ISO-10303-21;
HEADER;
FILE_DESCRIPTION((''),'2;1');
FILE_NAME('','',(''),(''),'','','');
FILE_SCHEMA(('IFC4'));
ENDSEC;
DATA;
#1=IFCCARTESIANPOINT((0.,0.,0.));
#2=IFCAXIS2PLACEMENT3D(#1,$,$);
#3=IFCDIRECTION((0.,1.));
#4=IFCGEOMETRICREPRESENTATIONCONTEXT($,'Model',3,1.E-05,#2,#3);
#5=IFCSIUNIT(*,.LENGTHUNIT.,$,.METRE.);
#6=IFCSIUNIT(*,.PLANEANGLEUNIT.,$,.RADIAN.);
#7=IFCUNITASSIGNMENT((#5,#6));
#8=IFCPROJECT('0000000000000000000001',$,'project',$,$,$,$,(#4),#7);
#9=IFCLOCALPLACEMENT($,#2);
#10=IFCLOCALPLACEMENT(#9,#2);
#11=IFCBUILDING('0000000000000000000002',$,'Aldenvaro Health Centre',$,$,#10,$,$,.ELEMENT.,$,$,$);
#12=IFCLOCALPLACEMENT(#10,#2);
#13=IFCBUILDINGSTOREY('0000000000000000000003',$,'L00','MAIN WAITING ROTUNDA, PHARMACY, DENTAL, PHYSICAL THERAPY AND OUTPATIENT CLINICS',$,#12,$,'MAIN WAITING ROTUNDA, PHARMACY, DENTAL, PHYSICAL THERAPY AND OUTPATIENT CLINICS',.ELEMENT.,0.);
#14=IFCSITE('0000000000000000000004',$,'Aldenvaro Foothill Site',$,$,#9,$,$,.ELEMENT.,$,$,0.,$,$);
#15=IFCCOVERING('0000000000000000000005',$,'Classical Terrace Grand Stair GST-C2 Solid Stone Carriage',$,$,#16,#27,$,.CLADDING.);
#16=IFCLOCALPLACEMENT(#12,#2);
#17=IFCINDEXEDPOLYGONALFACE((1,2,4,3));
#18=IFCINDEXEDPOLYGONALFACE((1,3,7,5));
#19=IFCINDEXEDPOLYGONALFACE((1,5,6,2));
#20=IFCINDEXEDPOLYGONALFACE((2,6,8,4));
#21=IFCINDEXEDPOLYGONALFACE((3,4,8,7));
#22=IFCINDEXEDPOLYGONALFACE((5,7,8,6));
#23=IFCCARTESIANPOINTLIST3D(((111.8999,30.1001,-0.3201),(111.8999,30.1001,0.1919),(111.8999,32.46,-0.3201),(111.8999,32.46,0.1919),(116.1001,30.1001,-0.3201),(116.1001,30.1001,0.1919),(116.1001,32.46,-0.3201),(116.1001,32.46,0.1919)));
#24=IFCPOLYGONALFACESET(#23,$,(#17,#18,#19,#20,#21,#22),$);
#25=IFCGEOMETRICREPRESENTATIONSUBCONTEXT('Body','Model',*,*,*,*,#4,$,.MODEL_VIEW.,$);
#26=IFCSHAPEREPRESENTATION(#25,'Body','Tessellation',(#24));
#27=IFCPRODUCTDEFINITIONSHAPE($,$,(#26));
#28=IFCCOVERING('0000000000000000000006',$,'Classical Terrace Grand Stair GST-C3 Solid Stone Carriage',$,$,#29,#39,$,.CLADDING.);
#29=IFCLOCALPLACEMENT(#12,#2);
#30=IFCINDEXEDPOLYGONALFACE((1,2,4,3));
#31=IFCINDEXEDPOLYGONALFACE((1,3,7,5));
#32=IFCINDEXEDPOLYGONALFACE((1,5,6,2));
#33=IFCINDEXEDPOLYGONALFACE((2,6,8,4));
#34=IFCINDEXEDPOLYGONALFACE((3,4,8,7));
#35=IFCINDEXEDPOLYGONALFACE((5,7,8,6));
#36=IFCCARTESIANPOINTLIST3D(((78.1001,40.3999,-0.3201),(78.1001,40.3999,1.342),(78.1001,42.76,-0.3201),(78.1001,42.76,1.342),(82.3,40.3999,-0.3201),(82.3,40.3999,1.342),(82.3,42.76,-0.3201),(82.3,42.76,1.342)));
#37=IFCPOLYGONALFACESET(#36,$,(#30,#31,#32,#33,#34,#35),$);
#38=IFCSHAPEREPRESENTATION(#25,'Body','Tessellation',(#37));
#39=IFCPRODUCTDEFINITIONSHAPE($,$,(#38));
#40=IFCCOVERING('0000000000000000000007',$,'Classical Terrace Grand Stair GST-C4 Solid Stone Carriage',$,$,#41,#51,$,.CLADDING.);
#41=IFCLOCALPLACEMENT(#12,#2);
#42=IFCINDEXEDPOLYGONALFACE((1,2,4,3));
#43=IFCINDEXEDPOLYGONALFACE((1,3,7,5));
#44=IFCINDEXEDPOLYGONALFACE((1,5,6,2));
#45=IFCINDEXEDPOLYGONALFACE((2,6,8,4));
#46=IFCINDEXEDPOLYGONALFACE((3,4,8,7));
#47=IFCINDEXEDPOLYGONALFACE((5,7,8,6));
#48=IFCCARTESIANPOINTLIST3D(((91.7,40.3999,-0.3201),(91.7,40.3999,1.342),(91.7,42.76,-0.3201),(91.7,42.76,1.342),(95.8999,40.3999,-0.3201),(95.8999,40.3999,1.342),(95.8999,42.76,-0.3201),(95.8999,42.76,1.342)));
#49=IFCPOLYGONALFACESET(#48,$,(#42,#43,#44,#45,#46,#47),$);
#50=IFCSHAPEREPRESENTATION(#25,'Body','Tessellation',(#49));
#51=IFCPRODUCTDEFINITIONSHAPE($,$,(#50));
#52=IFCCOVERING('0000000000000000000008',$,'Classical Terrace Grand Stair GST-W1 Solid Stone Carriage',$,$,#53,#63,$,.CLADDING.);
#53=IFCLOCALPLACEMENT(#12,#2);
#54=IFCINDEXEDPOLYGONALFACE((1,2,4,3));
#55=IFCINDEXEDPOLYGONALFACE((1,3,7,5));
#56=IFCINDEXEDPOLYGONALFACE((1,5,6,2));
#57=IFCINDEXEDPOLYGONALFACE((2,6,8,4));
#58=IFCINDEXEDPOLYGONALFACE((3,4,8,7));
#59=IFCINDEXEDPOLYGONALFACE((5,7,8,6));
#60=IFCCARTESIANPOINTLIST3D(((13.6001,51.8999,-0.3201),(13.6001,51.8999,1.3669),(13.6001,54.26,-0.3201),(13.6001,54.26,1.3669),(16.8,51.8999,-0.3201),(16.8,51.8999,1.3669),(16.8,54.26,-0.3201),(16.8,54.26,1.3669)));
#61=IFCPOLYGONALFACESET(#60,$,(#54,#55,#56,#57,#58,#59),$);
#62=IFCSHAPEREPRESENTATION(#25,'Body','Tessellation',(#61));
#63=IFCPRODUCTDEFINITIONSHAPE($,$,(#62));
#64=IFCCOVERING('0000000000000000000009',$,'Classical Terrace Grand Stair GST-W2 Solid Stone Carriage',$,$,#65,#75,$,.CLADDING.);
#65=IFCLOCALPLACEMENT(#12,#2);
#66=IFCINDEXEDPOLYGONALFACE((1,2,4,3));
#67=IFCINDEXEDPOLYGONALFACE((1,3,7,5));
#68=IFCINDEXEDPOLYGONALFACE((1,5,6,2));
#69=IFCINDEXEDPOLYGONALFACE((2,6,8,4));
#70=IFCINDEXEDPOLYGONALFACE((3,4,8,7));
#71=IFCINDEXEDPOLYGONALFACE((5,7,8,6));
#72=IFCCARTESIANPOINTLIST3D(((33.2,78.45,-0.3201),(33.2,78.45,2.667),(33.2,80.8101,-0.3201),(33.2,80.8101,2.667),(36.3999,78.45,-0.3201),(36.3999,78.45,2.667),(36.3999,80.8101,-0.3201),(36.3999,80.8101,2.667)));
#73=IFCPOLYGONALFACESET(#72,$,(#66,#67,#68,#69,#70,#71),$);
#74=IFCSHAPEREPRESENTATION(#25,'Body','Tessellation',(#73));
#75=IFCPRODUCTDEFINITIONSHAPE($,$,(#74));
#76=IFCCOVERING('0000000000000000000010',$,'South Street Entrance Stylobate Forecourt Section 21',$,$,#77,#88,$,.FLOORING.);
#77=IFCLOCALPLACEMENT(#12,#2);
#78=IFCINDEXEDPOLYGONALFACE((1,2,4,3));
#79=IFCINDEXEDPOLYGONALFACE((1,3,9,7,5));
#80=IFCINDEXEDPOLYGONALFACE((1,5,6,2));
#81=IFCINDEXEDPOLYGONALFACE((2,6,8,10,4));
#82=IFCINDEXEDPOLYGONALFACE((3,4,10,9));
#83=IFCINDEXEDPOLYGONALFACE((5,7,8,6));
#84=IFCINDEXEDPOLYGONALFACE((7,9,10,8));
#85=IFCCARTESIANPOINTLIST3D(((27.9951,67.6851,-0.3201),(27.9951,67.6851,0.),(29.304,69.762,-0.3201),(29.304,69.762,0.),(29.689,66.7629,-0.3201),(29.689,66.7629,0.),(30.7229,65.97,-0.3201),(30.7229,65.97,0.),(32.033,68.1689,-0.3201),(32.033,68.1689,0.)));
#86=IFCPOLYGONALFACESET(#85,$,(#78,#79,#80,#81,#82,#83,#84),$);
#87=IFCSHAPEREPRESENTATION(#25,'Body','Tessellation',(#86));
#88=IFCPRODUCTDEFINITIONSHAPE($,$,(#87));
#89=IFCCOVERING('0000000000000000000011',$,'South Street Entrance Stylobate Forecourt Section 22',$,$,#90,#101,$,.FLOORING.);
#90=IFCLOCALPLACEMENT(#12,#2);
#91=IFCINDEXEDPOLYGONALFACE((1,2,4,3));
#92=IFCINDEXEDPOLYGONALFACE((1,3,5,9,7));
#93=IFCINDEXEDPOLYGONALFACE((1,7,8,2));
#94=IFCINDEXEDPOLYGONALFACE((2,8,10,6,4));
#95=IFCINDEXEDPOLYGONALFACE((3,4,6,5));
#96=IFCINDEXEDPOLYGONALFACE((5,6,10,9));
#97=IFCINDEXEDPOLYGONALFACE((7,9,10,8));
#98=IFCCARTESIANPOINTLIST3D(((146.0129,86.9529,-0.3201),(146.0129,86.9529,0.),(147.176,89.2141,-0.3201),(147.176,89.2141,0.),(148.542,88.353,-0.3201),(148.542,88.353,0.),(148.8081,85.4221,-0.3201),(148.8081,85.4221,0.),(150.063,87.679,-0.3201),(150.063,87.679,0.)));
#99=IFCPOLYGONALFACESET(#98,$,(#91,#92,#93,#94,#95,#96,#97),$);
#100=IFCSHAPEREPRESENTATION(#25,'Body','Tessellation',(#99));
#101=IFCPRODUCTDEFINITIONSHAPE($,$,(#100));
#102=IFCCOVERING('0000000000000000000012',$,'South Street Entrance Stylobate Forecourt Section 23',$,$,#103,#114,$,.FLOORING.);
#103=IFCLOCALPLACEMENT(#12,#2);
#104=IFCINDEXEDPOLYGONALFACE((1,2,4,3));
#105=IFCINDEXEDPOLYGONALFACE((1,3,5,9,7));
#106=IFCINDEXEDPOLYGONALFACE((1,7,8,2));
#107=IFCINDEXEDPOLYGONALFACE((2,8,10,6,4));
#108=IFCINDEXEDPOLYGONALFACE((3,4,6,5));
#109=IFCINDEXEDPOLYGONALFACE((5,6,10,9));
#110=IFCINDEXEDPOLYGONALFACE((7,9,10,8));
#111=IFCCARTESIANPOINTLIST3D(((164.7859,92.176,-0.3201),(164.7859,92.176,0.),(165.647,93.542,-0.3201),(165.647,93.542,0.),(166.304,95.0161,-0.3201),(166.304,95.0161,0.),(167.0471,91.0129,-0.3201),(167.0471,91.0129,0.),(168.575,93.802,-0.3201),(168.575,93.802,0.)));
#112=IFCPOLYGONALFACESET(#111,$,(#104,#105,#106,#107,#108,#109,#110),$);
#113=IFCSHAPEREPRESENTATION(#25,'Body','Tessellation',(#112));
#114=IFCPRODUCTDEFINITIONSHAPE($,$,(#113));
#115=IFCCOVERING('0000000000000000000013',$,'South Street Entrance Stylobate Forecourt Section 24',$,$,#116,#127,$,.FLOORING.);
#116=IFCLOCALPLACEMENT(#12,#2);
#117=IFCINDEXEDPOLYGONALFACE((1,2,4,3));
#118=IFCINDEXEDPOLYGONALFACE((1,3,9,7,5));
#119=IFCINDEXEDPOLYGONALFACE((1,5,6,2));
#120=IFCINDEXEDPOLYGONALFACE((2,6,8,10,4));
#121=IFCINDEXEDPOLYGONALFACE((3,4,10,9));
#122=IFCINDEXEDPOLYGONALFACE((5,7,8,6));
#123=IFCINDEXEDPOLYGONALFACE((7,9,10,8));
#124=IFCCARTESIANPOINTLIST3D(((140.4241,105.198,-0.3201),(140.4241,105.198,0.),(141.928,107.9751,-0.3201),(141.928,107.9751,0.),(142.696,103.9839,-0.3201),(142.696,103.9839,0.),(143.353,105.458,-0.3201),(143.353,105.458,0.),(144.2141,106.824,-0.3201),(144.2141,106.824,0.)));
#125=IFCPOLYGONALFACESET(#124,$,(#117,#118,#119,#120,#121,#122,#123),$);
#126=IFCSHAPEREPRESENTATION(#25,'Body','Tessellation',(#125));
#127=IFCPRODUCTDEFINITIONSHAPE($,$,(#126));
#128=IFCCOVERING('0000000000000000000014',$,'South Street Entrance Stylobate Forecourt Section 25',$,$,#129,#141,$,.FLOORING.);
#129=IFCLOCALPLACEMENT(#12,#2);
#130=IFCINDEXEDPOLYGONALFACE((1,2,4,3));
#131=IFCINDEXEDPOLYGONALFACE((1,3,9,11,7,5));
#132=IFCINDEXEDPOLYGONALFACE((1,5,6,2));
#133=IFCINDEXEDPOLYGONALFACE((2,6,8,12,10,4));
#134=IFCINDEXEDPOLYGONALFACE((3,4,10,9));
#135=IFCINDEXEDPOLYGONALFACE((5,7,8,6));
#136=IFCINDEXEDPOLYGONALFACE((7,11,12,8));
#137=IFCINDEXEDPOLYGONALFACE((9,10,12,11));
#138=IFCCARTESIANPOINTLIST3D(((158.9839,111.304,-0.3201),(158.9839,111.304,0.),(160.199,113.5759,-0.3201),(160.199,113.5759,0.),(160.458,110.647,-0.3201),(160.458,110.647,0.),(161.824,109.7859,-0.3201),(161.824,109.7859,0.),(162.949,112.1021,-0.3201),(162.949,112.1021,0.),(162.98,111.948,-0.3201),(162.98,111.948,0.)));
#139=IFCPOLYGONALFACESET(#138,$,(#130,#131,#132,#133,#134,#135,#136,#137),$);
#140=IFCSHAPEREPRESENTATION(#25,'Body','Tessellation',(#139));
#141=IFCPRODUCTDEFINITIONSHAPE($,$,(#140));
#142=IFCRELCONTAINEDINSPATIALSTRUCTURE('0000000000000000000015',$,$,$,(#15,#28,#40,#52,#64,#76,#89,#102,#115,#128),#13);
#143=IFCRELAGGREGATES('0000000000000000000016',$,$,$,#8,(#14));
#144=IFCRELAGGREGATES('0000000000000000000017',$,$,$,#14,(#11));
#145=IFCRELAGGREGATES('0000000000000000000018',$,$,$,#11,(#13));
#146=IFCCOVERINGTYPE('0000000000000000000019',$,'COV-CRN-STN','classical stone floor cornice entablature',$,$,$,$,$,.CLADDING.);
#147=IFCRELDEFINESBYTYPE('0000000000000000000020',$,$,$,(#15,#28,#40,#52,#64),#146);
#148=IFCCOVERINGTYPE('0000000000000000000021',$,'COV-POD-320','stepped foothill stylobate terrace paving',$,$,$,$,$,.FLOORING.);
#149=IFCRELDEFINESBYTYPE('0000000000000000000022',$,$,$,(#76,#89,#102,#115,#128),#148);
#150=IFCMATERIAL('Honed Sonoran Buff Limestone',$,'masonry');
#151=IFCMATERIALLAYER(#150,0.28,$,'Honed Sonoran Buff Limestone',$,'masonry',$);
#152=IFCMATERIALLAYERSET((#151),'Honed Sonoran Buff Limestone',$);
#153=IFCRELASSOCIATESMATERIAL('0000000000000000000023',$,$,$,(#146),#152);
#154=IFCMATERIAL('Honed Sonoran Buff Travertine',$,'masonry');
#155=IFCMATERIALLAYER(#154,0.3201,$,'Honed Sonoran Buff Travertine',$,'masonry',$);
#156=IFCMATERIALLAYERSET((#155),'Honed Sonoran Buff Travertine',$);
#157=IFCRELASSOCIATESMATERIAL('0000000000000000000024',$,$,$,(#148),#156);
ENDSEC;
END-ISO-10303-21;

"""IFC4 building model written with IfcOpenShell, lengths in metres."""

from ifc_helpers import new_model, si_unit, direction, frame, origin, place, context, subcontext, project, spatial, polyline, outline, extrude, material, layer, layer_set, type_object, element, save


model = new_model("IFC4")

# Units and contexts
model_context = context("Model", 3, precision=1e-05, world=origin(), true_north=direction((0.0, 1.0)))
body_context = subcontext(model_context, "Body", "Model", "MODEL_VIEW")
ifc_project = project(units=[si_unit("LENGTHUNIT", "METRE"), si_unit("PLANEANGLEUNIT", "RADIAN")], contexts=[model_context])

# Site, building, storey
site_placement = place(None, origin())
site = spatial("IfcSite", under=ifc_project, at=site_placement, Name="Aldenvaro Foothill Site", CompositionType="ELEMENT", RefElevation=0.0)
building_placement = place(site_placement, origin())
building = spatial("IfcBuilding", under=site, at=building_placement, Name="Aldenvaro Health Centre", CompositionType="ELEMENT")
storey_placement = place(building_placement, origin())
storey = spatial("IfcBuildingStorey", under=building, at=storey_placement, Name="L00", Description="MAIN WAITING ROTUNDA, PHARMACY, DENTAL, PHYSICAL THERAPY AND OUTPATIENT CLINICS", LongName="MAIN WAITING ROTUNDA, PHARMACY, DENTAL, PHYSICAL THERAPY AND OUTPATIENT CLINICS", CompositionType="ELEMENT", Elevation=0.0)

# Coverings
ifc_material_1 = material(Name="Honed Sonoran Buff Limestone", Category="masonry")
ifc_layer_1 = layer(ifc_material_1, 0.28, Name="Honed Sonoran Buff Limestone", Category="masonry")
ifc_layer_set_1 = layer_set([ifc_layer_1], Name="Honed Sonoran Buff Limestone")
covering_type_1 = type_object("IfcCoveringType", Name="COV-CRN-STN", Description="classical stone floor cornice entablature", PredefinedType="CLADDING", material=ifc_layer_set_1)
covering_1_placement = place(storey_placement, frame((0.0, 0.0, -0.3201)))
element("IfcCovering", 1, at=covering_1_placement, inside=storey, type_object=covering_type_1, Name="Classical Terrace Grand Stair GST-C2 Solid Stone Carriage", PredefinedType="CLADDING", context=body_context, shape_type="SweptSolid", body=[
    extrude(outline(polyline([(111.8999, 30.1001), (116.1001, 30.1001), (116.1001, 32.46), (111.8999, 32.46), (111.8999, 30.1001)])), origin(), (0.0, 0.0, 1.0), 0.512),
])
covering_2_placement = place(storey_placement, frame((0.0, 0.0, -0.3201)))
element("IfcCovering", 2, at=covering_2_placement, inside=storey, type_object=covering_type_1, Name="Classical Terrace Grand Stair GST-C3 Solid Stone Carriage", PredefinedType="CLADDING", context=body_context, shape_type="SweptSolid", body=[
    extrude(outline(polyline([(78.1001, 40.3999), (82.3, 40.3999), (82.3, 42.76), (78.1001, 42.76), (78.1001, 40.3999)])), origin(), (0.0, 0.0, 1.0), 1.6621),
])
covering_3_placement = place(storey_placement, frame((0.0, 0.0, -0.3201)))
element("IfcCovering", 3, at=covering_3_placement, inside=storey, type_object=covering_type_1, Name="Classical Terrace Grand Stair GST-C4 Solid Stone Carriage", PredefinedType="CLADDING", context=body_context, shape_type="SweptSolid", body=[
    extrude(outline(polyline([(91.7, 40.3999), (95.8999, 40.3999), (95.8999, 42.76), (91.7, 42.76), (91.7, 40.3999)])), origin(), (0.0, 0.0, 1.0), 1.6621),
])
covering_4_placement = place(storey_placement, frame((0.0, 0.0, -0.3201)))
element("IfcCovering", 4, at=covering_4_placement, inside=storey, type_object=covering_type_1, Name="Classical Terrace Grand Stair GST-W1 Solid Stone Carriage", PredefinedType="CLADDING", context=body_context, shape_type="SweptSolid", body=[
    extrude(outline(polyline([(13.6001, 51.8999), (16.8, 51.8999), (16.8, 54.26), (13.6001, 54.26), (13.6001, 51.8999)])), origin(), (0.0, 0.0, 1.0), 1.687),
])
covering_5_placement = place(storey_placement, frame((0.0, 0.0, -0.3201)))
element("IfcCovering", 5, at=covering_5_placement, inside=storey, type_object=covering_type_1, Name="Classical Terrace Grand Stair GST-W2 Solid Stone Carriage", PredefinedType="CLADDING", context=body_context, shape_type="SweptSolid", body=[
    extrude(outline(polyline([(33.2, 78.45), (36.3999, 78.45), (36.3999, 80.8101), (33.2, 80.8101), (33.2, 78.45)])), origin(), (0.0, 0.0, 1.0), 2.9871),
])
ifc_material_2 = material(Name="Honed Sonoran Buff Travertine", Category="masonry")
ifc_layer_2 = layer(ifc_material_2, 0.3201, Name="Honed Sonoran Buff Travertine", Category="masonry")
ifc_layer_set_2 = layer_set([ifc_layer_2], Name="Honed Sonoran Buff Travertine")
covering_type_2 = type_object("IfcCoveringType", Name="COV-POD-320", Description="stepped foothill stylobate terrace paving", PredefinedType="FLOORING", material=ifc_layer_set_2)
covering_6_placement = place(storey_placement, frame((0.0, 0.0, -0.3201)))
element("IfcCovering", 6, at=covering_6_placement, inside=storey, type_object=covering_type_2, Name="South Street Entrance Stylobate Forecourt Section 21", PredefinedType="FLOORING", context=body_context, shape_type="SweptSolid", body=[
    extrude(outline(polyline([(27.9951, 67.6851), (29.304, 69.762), (32.033, 68.1689), (30.7229, 65.97), (29.689, 66.7629), (27.9951, 67.6851)])), origin(), (0.0, 0.0, 1.0), 0.3201),
])
covering_7_placement = place(storey_placement, frame((0.0, 0.0, -0.3201)))
element("IfcCovering", 7, at=covering_7_placement, inside=storey, type_object=covering_type_2, Name="South Street Entrance Stylobate Forecourt Section 22", PredefinedType="FLOORING", context=body_context, shape_type="SweptSolid", body=[
    extrude(outline(polyline([(150.063, 87.679), (148.8081, 85.4221), (146.0129, 86.9529), (147.176, 89.2141), (148.542, 88.353), (150.063, 87.679)])), origin(), (0.0, 0.0, 1.0), 0.3201),
])
covering_8_placement = place(storey_placement, frame((0.0, 0.0, -0.3201)))
element("IfcCovering", 8, at=covering_8_placement, inside=storey, type_object=covering_type_2, Name="South Street Entrance Stylobate Forecourt Section 23", PredefinedType="FLOORING", context=body_context, shape_type="SweptSolid", body=[
    extrude(outline(polyline([(168.575, 93.802), (167.0471, 91.0129), (164.7859, 92.176), (165.647, 93.542), (166.304, 95.0161), (168.575, 93.802)])), origin(), (0.0, 0.0, 1.0), 0.3201),
])
covering_9_placement = place(storey_placement, frame((0.0, 0.0, -0.3201)))
element("IfcCovering", 9, at=covering_9_placement, inside=storey, type_object=covering_type_2, Name="South Street Entrance Stylobate Forecourt Section 24", PredefinedType="FLOORING", context=body_context, shape_type="SweptSolid", body=[
    extrude(outline(polyline([(140.4241, 105.198), (141.928, 107.9751), (144.2141, 106.824), (143.353, 105.458), (142.696, 103.9839), (140.4241, 105.198)])), origin(), (0.0, 0.0, 1.0), 0.3201),
])
covering_10_placement = place(storey_placement, frame((0.0, 0.0, -0.3201)))
element("IfcCovering", 10, at=covering_10_placement, inside=storey, type_object=covering_type_2, Name="South Street Entrance Stylobate Forecourt Section 25", PredefinedType="FLOORING", context=body_context, shape_type="SweptSolid", body=[
    extrude(outline(polyline([(160.199, 113.5759), (162.949, 112.1021), (162.98, 111.948), (161.824, 109.7859), (160.458, 110.647), (158.9839, 111.304), (160.199, 113.5759)])), origin(), (0.0, 0.0, 1.0), 0.3201),
])

save(model, "model.ifc")
